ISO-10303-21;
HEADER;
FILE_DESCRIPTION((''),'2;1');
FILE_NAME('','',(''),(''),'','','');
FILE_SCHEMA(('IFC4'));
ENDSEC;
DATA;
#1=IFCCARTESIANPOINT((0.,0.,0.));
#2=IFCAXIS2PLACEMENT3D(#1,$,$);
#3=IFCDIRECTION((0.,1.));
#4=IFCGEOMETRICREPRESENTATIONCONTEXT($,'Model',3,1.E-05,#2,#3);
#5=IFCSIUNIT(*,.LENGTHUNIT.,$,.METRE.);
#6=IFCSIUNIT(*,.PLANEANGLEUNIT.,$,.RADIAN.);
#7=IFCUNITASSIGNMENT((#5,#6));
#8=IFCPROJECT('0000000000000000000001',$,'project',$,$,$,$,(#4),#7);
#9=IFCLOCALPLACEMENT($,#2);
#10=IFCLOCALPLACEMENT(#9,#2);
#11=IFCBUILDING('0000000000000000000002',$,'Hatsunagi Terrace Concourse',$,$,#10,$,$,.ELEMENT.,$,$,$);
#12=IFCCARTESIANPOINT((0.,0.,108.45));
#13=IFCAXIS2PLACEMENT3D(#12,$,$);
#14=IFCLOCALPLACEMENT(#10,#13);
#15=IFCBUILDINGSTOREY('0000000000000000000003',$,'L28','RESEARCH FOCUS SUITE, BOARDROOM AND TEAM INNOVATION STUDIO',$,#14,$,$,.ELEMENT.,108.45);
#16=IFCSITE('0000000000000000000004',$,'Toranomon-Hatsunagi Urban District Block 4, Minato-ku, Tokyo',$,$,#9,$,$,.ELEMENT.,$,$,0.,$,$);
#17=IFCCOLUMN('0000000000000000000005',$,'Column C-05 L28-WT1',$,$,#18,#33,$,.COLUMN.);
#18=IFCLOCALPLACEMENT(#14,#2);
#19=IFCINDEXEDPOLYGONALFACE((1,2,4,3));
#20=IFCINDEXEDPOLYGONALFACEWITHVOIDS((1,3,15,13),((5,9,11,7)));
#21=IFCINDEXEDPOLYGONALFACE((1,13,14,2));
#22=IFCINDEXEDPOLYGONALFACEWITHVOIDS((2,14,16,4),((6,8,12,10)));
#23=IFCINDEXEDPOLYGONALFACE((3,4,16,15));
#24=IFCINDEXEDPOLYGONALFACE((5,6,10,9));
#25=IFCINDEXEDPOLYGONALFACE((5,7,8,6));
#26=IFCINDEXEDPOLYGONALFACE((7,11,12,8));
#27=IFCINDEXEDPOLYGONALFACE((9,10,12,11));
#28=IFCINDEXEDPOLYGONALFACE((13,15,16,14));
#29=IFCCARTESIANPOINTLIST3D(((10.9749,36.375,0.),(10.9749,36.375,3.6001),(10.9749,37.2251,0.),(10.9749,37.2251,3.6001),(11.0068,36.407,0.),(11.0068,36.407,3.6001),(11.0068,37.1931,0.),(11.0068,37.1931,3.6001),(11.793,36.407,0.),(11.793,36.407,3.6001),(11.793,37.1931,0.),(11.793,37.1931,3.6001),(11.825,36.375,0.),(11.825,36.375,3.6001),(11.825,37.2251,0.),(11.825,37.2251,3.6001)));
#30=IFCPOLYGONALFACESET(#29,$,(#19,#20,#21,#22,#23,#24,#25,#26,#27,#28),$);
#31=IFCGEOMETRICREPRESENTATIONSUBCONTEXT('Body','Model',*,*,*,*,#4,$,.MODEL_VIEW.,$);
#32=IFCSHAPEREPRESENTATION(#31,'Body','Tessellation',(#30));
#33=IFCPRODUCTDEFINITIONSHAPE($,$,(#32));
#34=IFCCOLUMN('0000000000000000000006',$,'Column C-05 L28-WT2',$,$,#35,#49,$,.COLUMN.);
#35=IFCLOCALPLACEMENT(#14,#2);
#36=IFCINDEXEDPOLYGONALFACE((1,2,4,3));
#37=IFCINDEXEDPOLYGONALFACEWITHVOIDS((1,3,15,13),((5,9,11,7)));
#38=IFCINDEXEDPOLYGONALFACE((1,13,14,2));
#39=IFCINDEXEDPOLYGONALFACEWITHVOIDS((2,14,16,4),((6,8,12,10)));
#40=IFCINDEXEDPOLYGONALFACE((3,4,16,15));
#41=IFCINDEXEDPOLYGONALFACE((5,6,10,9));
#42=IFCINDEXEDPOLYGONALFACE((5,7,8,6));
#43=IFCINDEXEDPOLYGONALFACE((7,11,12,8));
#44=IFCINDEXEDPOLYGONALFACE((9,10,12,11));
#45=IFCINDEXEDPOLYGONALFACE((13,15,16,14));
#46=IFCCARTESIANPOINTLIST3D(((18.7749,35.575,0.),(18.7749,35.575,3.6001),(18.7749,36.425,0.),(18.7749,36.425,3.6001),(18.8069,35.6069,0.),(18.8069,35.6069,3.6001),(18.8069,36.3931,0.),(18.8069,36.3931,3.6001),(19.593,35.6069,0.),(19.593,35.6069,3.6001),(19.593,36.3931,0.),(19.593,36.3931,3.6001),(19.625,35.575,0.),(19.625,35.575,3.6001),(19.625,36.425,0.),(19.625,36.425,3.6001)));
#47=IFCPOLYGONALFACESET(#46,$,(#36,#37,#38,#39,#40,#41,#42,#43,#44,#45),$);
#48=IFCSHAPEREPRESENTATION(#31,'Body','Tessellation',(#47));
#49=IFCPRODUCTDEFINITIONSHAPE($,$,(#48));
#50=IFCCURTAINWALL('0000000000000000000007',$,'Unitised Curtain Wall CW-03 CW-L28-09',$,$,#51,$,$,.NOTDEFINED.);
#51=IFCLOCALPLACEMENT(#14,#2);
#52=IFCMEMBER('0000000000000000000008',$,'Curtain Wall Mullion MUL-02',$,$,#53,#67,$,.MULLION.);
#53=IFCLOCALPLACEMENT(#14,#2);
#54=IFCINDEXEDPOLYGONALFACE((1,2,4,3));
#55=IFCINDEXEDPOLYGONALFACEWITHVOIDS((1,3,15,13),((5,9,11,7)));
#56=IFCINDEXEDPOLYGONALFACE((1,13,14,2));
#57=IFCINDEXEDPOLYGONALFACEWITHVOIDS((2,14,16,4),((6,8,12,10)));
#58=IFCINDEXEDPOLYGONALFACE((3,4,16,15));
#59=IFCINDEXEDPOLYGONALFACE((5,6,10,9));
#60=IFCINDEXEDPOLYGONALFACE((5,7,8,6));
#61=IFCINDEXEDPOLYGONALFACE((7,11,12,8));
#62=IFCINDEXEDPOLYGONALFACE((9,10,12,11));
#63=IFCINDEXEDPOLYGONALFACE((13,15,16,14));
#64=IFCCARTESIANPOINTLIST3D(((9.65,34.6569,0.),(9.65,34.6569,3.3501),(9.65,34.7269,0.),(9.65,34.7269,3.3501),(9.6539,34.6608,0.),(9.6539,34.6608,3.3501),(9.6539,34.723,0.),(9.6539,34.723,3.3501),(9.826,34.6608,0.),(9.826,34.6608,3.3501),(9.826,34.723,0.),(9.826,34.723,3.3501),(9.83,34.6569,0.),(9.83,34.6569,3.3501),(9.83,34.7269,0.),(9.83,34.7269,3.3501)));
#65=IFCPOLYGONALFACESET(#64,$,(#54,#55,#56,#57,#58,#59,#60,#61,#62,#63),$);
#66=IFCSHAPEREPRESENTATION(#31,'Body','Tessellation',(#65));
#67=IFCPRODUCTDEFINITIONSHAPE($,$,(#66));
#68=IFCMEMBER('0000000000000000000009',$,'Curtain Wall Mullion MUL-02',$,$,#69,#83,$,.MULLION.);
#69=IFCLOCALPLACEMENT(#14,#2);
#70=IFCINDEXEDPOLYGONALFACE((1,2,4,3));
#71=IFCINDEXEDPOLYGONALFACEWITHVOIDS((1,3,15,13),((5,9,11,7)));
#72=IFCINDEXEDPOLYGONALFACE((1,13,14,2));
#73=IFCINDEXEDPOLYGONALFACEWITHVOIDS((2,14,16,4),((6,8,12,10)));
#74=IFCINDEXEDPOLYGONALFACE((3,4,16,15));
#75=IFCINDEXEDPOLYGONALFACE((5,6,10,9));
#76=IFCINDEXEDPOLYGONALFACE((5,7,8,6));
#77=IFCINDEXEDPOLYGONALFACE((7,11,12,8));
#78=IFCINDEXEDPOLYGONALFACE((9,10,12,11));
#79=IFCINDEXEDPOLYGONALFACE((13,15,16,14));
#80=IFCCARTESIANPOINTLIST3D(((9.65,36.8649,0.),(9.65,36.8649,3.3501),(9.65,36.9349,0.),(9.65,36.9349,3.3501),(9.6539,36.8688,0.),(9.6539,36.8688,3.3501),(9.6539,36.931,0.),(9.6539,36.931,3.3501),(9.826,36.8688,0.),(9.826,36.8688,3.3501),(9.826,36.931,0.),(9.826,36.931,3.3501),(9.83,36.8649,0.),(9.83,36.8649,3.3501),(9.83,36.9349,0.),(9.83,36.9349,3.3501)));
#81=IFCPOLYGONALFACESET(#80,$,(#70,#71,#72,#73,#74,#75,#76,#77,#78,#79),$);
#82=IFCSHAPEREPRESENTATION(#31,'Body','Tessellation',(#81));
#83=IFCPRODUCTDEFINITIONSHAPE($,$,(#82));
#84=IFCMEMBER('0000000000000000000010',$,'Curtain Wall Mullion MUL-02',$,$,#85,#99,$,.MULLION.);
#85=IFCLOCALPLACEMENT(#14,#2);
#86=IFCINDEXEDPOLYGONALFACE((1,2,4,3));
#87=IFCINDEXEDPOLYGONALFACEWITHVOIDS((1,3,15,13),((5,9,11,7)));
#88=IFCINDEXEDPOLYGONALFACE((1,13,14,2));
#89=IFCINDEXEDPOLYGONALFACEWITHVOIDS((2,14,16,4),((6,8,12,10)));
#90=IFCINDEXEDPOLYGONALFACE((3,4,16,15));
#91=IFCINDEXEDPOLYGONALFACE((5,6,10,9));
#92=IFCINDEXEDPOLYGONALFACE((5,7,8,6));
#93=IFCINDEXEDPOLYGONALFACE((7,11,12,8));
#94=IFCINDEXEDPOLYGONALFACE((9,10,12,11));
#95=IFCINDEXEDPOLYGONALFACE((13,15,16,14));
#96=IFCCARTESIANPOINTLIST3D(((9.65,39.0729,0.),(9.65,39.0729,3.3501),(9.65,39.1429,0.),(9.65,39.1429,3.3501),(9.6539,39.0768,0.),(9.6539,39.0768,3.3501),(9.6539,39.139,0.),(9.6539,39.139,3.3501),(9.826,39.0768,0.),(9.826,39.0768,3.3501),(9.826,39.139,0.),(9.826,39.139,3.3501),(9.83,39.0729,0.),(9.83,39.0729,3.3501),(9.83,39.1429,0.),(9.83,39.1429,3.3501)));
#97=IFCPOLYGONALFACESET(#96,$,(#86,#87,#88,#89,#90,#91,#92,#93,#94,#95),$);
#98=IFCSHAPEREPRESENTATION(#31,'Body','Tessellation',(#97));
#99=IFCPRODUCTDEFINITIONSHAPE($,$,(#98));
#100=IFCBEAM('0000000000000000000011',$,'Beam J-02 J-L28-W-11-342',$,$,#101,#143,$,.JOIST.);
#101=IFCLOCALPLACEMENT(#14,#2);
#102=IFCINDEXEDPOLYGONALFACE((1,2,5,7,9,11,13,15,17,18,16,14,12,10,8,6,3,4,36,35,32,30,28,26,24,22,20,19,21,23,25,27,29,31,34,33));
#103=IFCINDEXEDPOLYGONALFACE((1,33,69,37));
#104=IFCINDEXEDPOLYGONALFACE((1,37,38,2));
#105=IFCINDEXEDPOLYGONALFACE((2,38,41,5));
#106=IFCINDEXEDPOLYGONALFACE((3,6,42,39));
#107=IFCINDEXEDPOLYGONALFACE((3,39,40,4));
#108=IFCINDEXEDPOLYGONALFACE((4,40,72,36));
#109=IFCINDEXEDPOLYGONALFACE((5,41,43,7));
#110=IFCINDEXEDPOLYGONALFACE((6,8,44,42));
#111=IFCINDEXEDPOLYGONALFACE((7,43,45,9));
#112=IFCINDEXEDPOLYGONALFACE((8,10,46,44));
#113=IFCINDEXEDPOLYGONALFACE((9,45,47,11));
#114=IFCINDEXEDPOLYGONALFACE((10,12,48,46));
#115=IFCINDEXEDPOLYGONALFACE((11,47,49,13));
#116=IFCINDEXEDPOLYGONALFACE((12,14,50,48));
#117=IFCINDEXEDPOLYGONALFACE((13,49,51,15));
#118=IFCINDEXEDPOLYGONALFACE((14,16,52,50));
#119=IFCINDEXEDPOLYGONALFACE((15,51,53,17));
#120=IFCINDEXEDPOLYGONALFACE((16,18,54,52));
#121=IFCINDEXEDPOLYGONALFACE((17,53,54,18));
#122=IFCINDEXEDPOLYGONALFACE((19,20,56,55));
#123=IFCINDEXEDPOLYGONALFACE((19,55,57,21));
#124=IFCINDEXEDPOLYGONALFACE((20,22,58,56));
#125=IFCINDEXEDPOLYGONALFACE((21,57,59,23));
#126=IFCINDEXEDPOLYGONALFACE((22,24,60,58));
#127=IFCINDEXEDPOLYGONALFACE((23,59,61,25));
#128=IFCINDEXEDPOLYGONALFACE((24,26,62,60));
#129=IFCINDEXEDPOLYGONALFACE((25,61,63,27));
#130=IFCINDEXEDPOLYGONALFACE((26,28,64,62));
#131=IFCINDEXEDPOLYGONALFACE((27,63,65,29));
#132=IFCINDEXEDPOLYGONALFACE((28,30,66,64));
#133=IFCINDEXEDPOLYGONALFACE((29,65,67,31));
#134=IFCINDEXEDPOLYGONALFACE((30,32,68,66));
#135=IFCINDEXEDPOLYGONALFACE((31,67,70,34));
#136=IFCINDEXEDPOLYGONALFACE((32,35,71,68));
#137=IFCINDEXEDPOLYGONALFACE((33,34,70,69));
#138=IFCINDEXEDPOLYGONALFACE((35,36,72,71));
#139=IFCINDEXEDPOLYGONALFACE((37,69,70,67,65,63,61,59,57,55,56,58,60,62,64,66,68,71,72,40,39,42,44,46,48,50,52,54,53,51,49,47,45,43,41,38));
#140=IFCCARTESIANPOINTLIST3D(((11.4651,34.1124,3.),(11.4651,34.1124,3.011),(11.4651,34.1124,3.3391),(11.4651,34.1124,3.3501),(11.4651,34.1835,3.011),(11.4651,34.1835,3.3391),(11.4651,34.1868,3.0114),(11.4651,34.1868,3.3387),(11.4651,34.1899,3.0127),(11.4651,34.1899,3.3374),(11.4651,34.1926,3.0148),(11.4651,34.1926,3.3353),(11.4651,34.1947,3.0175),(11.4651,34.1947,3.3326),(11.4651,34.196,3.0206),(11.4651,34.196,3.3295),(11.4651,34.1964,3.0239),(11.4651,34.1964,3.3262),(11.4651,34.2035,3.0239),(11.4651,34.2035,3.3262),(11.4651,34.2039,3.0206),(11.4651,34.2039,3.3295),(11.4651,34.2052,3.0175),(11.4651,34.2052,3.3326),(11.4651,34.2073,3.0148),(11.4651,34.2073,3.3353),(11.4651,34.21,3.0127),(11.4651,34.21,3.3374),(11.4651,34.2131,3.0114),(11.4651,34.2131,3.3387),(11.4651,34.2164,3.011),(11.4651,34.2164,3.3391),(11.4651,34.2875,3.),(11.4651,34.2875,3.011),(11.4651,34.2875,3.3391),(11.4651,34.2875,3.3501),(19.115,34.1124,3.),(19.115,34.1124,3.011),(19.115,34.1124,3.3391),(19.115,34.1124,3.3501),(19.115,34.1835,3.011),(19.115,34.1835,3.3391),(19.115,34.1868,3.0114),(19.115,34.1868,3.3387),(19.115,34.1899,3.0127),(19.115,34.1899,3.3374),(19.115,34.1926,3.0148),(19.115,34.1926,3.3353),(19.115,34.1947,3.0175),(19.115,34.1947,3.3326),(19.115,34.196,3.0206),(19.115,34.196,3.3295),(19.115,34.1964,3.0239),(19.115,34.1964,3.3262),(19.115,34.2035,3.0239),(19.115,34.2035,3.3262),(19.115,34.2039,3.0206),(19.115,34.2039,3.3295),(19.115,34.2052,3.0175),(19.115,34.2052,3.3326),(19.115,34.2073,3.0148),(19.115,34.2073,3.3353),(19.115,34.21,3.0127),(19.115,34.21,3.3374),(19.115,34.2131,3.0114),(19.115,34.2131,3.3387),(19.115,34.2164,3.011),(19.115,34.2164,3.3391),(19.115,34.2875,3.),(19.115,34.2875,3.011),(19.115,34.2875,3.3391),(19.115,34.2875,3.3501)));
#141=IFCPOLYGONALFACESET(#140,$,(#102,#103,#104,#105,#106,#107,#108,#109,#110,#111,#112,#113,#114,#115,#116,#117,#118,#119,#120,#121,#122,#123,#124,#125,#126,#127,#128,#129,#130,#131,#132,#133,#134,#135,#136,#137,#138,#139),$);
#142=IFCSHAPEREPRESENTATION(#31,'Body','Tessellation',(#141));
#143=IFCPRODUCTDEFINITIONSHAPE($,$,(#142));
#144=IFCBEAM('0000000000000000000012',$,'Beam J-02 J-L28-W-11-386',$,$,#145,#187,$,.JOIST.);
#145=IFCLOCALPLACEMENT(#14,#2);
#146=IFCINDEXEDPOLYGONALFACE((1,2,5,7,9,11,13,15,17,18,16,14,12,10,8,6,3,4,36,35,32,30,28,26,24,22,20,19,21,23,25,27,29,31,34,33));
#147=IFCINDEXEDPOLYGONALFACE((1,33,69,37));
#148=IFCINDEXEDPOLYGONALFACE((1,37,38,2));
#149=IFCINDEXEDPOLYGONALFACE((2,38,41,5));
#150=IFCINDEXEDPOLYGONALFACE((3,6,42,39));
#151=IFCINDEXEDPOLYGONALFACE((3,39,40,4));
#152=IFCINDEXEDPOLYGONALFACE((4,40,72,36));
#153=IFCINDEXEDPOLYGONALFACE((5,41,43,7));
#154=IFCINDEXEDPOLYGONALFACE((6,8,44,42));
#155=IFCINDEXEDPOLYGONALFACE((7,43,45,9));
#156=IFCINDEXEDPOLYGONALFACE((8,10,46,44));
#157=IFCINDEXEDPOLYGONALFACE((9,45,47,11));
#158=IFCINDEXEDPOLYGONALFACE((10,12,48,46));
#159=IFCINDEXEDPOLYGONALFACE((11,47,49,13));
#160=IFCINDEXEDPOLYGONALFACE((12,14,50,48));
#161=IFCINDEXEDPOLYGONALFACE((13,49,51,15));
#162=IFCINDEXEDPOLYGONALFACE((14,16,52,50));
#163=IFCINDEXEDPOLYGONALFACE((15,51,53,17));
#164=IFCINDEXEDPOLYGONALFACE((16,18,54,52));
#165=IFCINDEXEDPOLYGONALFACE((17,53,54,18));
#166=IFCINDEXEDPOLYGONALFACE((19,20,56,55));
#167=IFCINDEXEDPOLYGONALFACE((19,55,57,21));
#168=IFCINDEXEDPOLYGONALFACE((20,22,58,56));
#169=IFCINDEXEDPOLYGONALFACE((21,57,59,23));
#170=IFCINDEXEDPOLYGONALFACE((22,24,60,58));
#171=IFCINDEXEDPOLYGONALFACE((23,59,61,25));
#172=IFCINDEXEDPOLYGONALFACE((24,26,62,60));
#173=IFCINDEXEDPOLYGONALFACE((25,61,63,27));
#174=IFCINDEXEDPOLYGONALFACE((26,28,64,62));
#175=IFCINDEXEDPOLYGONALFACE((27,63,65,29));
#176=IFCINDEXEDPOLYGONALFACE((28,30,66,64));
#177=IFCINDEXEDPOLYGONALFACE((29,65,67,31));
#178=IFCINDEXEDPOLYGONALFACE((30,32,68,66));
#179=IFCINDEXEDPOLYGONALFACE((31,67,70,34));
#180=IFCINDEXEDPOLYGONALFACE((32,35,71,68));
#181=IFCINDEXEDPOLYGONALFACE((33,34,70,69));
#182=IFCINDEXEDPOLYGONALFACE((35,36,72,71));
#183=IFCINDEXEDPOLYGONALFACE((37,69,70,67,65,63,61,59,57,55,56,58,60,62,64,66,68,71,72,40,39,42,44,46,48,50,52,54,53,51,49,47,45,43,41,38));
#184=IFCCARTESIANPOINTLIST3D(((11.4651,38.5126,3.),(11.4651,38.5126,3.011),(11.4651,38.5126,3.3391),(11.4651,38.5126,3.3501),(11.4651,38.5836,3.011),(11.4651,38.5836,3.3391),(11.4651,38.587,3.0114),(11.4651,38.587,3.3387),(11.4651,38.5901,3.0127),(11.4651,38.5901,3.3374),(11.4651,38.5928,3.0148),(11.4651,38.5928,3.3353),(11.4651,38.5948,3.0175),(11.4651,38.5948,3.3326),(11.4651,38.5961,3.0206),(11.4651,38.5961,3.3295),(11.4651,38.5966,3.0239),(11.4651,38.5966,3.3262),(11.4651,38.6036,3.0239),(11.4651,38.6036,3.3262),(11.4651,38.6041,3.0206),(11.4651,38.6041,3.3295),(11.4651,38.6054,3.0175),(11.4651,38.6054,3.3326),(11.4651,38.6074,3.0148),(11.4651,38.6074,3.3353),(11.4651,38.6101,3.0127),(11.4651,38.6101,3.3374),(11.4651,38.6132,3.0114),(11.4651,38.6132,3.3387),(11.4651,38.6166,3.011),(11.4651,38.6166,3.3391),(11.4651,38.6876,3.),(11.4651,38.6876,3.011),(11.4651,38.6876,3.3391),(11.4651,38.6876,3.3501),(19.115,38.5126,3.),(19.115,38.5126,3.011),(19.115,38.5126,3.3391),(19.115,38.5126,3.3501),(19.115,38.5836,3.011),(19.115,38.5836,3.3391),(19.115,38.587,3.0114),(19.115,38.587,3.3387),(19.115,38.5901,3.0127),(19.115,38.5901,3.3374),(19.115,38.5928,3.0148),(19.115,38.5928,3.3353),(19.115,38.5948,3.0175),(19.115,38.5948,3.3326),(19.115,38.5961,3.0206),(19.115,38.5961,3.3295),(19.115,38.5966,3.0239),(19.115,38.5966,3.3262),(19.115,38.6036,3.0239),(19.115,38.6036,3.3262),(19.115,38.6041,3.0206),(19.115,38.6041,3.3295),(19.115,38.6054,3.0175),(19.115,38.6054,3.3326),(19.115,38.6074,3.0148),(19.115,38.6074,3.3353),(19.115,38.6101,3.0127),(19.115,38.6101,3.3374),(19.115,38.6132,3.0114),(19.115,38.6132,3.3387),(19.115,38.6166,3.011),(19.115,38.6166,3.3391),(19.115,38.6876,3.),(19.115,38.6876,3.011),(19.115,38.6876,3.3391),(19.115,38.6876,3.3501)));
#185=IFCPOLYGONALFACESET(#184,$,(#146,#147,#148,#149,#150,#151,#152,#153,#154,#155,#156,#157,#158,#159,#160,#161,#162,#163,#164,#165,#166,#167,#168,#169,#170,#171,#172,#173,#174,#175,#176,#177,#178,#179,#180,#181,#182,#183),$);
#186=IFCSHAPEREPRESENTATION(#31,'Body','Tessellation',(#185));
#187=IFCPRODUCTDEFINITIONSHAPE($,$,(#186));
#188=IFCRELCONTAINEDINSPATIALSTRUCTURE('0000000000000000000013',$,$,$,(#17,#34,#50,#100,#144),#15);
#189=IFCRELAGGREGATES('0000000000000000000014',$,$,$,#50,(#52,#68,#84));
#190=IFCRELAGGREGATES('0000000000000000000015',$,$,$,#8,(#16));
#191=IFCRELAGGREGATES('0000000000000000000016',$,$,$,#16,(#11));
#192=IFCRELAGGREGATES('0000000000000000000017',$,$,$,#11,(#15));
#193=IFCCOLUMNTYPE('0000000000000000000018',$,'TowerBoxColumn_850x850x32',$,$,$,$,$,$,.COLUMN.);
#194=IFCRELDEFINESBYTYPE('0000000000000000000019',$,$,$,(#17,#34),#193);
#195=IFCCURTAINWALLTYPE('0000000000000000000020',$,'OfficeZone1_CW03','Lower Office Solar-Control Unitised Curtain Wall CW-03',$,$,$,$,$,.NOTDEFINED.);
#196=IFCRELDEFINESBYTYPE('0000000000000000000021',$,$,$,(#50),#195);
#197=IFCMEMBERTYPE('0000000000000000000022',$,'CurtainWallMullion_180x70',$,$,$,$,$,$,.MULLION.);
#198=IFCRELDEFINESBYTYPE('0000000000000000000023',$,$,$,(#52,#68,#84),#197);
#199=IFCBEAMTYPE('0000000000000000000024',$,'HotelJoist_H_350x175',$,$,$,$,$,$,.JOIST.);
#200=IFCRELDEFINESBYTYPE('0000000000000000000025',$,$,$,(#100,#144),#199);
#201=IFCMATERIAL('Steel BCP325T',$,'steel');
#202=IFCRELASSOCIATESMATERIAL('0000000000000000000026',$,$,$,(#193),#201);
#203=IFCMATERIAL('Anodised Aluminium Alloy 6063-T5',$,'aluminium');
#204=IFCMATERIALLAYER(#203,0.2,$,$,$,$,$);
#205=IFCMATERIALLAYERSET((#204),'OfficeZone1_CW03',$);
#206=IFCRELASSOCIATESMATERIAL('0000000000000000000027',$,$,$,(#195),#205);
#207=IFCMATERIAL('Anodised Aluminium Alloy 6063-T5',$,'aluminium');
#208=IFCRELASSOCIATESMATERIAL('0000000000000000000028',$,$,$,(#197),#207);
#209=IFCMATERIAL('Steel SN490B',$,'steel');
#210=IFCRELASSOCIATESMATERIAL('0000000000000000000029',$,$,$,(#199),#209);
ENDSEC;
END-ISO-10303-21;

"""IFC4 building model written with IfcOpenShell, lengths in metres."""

from ifc_helpers import new_model, si_unit, direction, frame, origin, origin_2d, place, context, subcontext, project, spatial, hollow_rectangle, i_section, extrude, material, layer, layer_set, material_profile, profile_set, type_object, element, aggregate, save


model = new_model("IFC4")

# Units and contexts
model_context = context("Model", 3, precision=1e-05, world=origin(), true_north=direction((0.0, 1.0)))
body_context = subcontext(model_context, "Body", "Model", "MODEL_VIEW")
ifc_project = project(units=[si_unit("LENGTHUNIT", "METRE"), si_unit("PLANEANGLEUNIT", "RADIAN")], contexts=[model_context])

# Site, building, storey
site_placement = place(None, origin())
site = spatial("IfcSite", under=ifc_project, at=site_placement, Name="Toranomon-Hatsunagi Urban District Block 4, Minato-ku, Tokyo", CompositionType="ELEMENT", RefElevation=0.0)
building_placement = place(site_placement, origin())
building = spatial("IfcBuilding", under=site, at=building_placement, Name="Hatsunagi Terrace Concourse", CompositionType="ELEMENT")
storey_placement = place(building_placement, frame((0.0, 0.0, 108.45)))
storey = spatial("IfcBuildingStorey", under=building, at=storey_placement, Name="L28", Description="RESEARCH FOCUS SUITE, BOARDROOM AND TEAM INNOVATION STUDIO", CompositionType="ELEMENT", Elevation=108.45)

# Columns
ifc_material_1 = material(Name="Steel BCP325T", Category="steel")
ifc_material_profile_1 = material_profile(ifc_material_1, hollow_rectangle(XDim=0.8501, YDim=0.8501, WallThickness=0.032, at=origin_2d()), Name="BCP-850x850x32")
ifc_profile_set_1 = profile_set([ifc_material_profile_1], Name="Steel BCP325T")
column_type = type_object("IfcColumnType", Name="TowerBoxColumn_850x850x32", PredefinedType="COLUMN", material=ifc_profile_set_1)
for number, where, z_axis, x_axis, name in (
    (1, (11.3999, 36.8, 0.0), (0.0, 0.0, 1.0), (1.0, 0.0, 0.0), "Column C-05 L28-WT1"),
    (2, (19.2, 36.0, 0.0), (0.0, 0.0, 1.0), (1.0, 0.0, 0.0), "Column C-05 L28-WT2"),
):
    element("IfcColumn", number, at=place(storey_placement, frame(where, z_axis=z_axis, x_axis=x_axis)), inside=storey, type_object=column_type, Name=name, PredefinedType="COLUMN", context=body_context, shape_type="SweptSolid", body=[
        extrude(hollow_rectangle(XDim=0.8501, YDim=0.8501, WallThickness=0.032, at=origin_2d()), origin(), (0.0, 0.0, 1.0), 3.6001),
    ])

# Curtain wall, members
ifc_material_2 = material(Name="Anodised Aluminium Alloy 6063-T5", Category="aluminium")
ifc_layer_1 = layer(ifc_material_2, 0.2)
ifc_layer_set_1 = layer_set([ifc_layer_1], Name="OfficeZone1_CW03")
curtain_wall_type = type_object("IfcCurtainWallType", Name="OfficeZone1_CW03", Description="Lower Office Solar-Control Unitised Curtain Wall CW-03", PredefinedType="NOTDEFINED", material=ifc_layer_set_1)
curtain_wall_placement = place(storey_placement, origin())
curtain_wall = element("IfcCurtainWall", 3, at=curtain_wall_placement, inside=storey, type_object=curtain_wall_type, Name="Unitised Curtain Wall CW-03 CW-L28-09", PredefinedType="NOTDEFINED")
ifc_material_3 = material(Name="Anodised Aluminium Alloy 6063-T5", Category="aluminium")
ifc_material_profile_2 = material_profile(ifc_material_3, hollow_rectangle(XDim=0.0701, YDim=0.1799, WallThickness=0.0039, at=origin_2d()), Name="ALU-MUL-180x70x4")
ifc_profile_set_2 = profile_set([ifc_material_profile_2], Name="Anodised Aluminium Alloy 6063-T5")
member_type = type_object("IfcMemberType", Name="CurtainWallMullion_180x70", PredefinedType="MULLION", material=ifc_profile_set_2)
member_1_placement = place(storey_placement, frame((9.74, 34.6919, 0.0), z_axis=(0.0, 0.0, 1.0), x_axis=(0.0, 1.0, 0.0)))
member_1 = element("IfcMember", 4, at=member_1_placement, type_object=member_type, Name="Curtain Wall Mullion MUL-02", PredefinedType="MULLION", context=body_context, shape_type="SweptSolid", body=[
    extrude(hollow_rectangle(XDim=0.0701, YDim=0.1799, WallThickness=0.0039, at=origin_2d()), origin(), (0.0, 0.0, 1.0), 3.3501),
])
member_2_placement = place(storey_placement, frame((9.74, 36.8999, 0.0), z_axis=(0.0, 0.0, 1.0), x_axis=(0.0, 1.0, 0.0)))
member_2 = element("IfcMember", 5, at=member_2_placement, type_object=member_type, Name="Curtain Wall Mullion MUL-02", PredefinedType="MULLION", context=body_context, shape_type="SweptSolid", body=[
    extrude(hollow_rectangle(XDim=0.0701, YDim=0.1799, WallThickness=0.0039, at=origin_2d()), origin(), (0.0, 0.0, 1.0), 3.3501),
])
member_3_placement = place(storey_placement, frame((9.74, 39.1079, 0.0), z_axis=(0.0, 0.0, 1.0), x_axis=(0.0, 1.0, 0.0)))
member_3 = element("IfcMember", 6, at=member_3_placement, type_object=member_type, Name="Curtain Wall Mullion MUL-02", PredefinedType="MULLION", context=body_context, shape_type="SweptSolid", body=[
    extrude(hollow_rectangle(XDim=0.0701, YDim=0.1799, WallThickness=0.0039, at=origin_2d()), origin(), (0.0, 0.0, 1.0), 3.3501),
])

# Beams
ifc_material_4 = material(Name="Steel SN490B", Category="steel")
ifc_material_profile_3 = material_profile(ifc_material_4, i_section(OverallWidth=0.175, OverallDepth=0.3501, WebThickness=0.0071, FlangeThickness=0.011, FilletRadius=0.0129, at=origin_2d()), Name="H-350x175x7x11")
ifc_profile_set_3 = profile_set([ifc_material_profile_3], Name="Steel SN490B")
beam_type_1 = type_object("IfcBeamType", Name="HotelJoist_H_350x175", PredefinedType="JOIST", material=ifc_profile_set_3)
for number, where, z_axis, x_axis, name in (
    (7, (11.4651, 34.2, 3.175), (1.0, 0.0, 0.0), (0.0, 1.0, 0.0), "Beam J-02 J-L28-W-11-342"),
    (8, (11.4651, 38.6001, 3.175), (1.0, 0.0, 0.0), (0.0, 1.0, 0.0), "Beam J-02 J-L28-W-11-386"),
):
    element("IfcBeam", number, at=place(storey_placement, frame(where, z_axis=z_axis, x_axis=x_axis)), inside=storey, type_object=beam_type_1, Name=name, PredefinedType="JOIST", context=body_context, shape_type="SweptSolid", body=[
        extrude(i_section(OverallWidth=0.175, OverallDepth=0.3501, WebThickness=0.0071, FlangeThickness=0.011, FilletRadius=0.0129, at=origin_2d()), origin(), (0.0, 0.0, 1.0), 7.6499),
    ])

aggregate(curtain_wall, [member_1, member_2, member_3])

save(model, "model.ifc")
